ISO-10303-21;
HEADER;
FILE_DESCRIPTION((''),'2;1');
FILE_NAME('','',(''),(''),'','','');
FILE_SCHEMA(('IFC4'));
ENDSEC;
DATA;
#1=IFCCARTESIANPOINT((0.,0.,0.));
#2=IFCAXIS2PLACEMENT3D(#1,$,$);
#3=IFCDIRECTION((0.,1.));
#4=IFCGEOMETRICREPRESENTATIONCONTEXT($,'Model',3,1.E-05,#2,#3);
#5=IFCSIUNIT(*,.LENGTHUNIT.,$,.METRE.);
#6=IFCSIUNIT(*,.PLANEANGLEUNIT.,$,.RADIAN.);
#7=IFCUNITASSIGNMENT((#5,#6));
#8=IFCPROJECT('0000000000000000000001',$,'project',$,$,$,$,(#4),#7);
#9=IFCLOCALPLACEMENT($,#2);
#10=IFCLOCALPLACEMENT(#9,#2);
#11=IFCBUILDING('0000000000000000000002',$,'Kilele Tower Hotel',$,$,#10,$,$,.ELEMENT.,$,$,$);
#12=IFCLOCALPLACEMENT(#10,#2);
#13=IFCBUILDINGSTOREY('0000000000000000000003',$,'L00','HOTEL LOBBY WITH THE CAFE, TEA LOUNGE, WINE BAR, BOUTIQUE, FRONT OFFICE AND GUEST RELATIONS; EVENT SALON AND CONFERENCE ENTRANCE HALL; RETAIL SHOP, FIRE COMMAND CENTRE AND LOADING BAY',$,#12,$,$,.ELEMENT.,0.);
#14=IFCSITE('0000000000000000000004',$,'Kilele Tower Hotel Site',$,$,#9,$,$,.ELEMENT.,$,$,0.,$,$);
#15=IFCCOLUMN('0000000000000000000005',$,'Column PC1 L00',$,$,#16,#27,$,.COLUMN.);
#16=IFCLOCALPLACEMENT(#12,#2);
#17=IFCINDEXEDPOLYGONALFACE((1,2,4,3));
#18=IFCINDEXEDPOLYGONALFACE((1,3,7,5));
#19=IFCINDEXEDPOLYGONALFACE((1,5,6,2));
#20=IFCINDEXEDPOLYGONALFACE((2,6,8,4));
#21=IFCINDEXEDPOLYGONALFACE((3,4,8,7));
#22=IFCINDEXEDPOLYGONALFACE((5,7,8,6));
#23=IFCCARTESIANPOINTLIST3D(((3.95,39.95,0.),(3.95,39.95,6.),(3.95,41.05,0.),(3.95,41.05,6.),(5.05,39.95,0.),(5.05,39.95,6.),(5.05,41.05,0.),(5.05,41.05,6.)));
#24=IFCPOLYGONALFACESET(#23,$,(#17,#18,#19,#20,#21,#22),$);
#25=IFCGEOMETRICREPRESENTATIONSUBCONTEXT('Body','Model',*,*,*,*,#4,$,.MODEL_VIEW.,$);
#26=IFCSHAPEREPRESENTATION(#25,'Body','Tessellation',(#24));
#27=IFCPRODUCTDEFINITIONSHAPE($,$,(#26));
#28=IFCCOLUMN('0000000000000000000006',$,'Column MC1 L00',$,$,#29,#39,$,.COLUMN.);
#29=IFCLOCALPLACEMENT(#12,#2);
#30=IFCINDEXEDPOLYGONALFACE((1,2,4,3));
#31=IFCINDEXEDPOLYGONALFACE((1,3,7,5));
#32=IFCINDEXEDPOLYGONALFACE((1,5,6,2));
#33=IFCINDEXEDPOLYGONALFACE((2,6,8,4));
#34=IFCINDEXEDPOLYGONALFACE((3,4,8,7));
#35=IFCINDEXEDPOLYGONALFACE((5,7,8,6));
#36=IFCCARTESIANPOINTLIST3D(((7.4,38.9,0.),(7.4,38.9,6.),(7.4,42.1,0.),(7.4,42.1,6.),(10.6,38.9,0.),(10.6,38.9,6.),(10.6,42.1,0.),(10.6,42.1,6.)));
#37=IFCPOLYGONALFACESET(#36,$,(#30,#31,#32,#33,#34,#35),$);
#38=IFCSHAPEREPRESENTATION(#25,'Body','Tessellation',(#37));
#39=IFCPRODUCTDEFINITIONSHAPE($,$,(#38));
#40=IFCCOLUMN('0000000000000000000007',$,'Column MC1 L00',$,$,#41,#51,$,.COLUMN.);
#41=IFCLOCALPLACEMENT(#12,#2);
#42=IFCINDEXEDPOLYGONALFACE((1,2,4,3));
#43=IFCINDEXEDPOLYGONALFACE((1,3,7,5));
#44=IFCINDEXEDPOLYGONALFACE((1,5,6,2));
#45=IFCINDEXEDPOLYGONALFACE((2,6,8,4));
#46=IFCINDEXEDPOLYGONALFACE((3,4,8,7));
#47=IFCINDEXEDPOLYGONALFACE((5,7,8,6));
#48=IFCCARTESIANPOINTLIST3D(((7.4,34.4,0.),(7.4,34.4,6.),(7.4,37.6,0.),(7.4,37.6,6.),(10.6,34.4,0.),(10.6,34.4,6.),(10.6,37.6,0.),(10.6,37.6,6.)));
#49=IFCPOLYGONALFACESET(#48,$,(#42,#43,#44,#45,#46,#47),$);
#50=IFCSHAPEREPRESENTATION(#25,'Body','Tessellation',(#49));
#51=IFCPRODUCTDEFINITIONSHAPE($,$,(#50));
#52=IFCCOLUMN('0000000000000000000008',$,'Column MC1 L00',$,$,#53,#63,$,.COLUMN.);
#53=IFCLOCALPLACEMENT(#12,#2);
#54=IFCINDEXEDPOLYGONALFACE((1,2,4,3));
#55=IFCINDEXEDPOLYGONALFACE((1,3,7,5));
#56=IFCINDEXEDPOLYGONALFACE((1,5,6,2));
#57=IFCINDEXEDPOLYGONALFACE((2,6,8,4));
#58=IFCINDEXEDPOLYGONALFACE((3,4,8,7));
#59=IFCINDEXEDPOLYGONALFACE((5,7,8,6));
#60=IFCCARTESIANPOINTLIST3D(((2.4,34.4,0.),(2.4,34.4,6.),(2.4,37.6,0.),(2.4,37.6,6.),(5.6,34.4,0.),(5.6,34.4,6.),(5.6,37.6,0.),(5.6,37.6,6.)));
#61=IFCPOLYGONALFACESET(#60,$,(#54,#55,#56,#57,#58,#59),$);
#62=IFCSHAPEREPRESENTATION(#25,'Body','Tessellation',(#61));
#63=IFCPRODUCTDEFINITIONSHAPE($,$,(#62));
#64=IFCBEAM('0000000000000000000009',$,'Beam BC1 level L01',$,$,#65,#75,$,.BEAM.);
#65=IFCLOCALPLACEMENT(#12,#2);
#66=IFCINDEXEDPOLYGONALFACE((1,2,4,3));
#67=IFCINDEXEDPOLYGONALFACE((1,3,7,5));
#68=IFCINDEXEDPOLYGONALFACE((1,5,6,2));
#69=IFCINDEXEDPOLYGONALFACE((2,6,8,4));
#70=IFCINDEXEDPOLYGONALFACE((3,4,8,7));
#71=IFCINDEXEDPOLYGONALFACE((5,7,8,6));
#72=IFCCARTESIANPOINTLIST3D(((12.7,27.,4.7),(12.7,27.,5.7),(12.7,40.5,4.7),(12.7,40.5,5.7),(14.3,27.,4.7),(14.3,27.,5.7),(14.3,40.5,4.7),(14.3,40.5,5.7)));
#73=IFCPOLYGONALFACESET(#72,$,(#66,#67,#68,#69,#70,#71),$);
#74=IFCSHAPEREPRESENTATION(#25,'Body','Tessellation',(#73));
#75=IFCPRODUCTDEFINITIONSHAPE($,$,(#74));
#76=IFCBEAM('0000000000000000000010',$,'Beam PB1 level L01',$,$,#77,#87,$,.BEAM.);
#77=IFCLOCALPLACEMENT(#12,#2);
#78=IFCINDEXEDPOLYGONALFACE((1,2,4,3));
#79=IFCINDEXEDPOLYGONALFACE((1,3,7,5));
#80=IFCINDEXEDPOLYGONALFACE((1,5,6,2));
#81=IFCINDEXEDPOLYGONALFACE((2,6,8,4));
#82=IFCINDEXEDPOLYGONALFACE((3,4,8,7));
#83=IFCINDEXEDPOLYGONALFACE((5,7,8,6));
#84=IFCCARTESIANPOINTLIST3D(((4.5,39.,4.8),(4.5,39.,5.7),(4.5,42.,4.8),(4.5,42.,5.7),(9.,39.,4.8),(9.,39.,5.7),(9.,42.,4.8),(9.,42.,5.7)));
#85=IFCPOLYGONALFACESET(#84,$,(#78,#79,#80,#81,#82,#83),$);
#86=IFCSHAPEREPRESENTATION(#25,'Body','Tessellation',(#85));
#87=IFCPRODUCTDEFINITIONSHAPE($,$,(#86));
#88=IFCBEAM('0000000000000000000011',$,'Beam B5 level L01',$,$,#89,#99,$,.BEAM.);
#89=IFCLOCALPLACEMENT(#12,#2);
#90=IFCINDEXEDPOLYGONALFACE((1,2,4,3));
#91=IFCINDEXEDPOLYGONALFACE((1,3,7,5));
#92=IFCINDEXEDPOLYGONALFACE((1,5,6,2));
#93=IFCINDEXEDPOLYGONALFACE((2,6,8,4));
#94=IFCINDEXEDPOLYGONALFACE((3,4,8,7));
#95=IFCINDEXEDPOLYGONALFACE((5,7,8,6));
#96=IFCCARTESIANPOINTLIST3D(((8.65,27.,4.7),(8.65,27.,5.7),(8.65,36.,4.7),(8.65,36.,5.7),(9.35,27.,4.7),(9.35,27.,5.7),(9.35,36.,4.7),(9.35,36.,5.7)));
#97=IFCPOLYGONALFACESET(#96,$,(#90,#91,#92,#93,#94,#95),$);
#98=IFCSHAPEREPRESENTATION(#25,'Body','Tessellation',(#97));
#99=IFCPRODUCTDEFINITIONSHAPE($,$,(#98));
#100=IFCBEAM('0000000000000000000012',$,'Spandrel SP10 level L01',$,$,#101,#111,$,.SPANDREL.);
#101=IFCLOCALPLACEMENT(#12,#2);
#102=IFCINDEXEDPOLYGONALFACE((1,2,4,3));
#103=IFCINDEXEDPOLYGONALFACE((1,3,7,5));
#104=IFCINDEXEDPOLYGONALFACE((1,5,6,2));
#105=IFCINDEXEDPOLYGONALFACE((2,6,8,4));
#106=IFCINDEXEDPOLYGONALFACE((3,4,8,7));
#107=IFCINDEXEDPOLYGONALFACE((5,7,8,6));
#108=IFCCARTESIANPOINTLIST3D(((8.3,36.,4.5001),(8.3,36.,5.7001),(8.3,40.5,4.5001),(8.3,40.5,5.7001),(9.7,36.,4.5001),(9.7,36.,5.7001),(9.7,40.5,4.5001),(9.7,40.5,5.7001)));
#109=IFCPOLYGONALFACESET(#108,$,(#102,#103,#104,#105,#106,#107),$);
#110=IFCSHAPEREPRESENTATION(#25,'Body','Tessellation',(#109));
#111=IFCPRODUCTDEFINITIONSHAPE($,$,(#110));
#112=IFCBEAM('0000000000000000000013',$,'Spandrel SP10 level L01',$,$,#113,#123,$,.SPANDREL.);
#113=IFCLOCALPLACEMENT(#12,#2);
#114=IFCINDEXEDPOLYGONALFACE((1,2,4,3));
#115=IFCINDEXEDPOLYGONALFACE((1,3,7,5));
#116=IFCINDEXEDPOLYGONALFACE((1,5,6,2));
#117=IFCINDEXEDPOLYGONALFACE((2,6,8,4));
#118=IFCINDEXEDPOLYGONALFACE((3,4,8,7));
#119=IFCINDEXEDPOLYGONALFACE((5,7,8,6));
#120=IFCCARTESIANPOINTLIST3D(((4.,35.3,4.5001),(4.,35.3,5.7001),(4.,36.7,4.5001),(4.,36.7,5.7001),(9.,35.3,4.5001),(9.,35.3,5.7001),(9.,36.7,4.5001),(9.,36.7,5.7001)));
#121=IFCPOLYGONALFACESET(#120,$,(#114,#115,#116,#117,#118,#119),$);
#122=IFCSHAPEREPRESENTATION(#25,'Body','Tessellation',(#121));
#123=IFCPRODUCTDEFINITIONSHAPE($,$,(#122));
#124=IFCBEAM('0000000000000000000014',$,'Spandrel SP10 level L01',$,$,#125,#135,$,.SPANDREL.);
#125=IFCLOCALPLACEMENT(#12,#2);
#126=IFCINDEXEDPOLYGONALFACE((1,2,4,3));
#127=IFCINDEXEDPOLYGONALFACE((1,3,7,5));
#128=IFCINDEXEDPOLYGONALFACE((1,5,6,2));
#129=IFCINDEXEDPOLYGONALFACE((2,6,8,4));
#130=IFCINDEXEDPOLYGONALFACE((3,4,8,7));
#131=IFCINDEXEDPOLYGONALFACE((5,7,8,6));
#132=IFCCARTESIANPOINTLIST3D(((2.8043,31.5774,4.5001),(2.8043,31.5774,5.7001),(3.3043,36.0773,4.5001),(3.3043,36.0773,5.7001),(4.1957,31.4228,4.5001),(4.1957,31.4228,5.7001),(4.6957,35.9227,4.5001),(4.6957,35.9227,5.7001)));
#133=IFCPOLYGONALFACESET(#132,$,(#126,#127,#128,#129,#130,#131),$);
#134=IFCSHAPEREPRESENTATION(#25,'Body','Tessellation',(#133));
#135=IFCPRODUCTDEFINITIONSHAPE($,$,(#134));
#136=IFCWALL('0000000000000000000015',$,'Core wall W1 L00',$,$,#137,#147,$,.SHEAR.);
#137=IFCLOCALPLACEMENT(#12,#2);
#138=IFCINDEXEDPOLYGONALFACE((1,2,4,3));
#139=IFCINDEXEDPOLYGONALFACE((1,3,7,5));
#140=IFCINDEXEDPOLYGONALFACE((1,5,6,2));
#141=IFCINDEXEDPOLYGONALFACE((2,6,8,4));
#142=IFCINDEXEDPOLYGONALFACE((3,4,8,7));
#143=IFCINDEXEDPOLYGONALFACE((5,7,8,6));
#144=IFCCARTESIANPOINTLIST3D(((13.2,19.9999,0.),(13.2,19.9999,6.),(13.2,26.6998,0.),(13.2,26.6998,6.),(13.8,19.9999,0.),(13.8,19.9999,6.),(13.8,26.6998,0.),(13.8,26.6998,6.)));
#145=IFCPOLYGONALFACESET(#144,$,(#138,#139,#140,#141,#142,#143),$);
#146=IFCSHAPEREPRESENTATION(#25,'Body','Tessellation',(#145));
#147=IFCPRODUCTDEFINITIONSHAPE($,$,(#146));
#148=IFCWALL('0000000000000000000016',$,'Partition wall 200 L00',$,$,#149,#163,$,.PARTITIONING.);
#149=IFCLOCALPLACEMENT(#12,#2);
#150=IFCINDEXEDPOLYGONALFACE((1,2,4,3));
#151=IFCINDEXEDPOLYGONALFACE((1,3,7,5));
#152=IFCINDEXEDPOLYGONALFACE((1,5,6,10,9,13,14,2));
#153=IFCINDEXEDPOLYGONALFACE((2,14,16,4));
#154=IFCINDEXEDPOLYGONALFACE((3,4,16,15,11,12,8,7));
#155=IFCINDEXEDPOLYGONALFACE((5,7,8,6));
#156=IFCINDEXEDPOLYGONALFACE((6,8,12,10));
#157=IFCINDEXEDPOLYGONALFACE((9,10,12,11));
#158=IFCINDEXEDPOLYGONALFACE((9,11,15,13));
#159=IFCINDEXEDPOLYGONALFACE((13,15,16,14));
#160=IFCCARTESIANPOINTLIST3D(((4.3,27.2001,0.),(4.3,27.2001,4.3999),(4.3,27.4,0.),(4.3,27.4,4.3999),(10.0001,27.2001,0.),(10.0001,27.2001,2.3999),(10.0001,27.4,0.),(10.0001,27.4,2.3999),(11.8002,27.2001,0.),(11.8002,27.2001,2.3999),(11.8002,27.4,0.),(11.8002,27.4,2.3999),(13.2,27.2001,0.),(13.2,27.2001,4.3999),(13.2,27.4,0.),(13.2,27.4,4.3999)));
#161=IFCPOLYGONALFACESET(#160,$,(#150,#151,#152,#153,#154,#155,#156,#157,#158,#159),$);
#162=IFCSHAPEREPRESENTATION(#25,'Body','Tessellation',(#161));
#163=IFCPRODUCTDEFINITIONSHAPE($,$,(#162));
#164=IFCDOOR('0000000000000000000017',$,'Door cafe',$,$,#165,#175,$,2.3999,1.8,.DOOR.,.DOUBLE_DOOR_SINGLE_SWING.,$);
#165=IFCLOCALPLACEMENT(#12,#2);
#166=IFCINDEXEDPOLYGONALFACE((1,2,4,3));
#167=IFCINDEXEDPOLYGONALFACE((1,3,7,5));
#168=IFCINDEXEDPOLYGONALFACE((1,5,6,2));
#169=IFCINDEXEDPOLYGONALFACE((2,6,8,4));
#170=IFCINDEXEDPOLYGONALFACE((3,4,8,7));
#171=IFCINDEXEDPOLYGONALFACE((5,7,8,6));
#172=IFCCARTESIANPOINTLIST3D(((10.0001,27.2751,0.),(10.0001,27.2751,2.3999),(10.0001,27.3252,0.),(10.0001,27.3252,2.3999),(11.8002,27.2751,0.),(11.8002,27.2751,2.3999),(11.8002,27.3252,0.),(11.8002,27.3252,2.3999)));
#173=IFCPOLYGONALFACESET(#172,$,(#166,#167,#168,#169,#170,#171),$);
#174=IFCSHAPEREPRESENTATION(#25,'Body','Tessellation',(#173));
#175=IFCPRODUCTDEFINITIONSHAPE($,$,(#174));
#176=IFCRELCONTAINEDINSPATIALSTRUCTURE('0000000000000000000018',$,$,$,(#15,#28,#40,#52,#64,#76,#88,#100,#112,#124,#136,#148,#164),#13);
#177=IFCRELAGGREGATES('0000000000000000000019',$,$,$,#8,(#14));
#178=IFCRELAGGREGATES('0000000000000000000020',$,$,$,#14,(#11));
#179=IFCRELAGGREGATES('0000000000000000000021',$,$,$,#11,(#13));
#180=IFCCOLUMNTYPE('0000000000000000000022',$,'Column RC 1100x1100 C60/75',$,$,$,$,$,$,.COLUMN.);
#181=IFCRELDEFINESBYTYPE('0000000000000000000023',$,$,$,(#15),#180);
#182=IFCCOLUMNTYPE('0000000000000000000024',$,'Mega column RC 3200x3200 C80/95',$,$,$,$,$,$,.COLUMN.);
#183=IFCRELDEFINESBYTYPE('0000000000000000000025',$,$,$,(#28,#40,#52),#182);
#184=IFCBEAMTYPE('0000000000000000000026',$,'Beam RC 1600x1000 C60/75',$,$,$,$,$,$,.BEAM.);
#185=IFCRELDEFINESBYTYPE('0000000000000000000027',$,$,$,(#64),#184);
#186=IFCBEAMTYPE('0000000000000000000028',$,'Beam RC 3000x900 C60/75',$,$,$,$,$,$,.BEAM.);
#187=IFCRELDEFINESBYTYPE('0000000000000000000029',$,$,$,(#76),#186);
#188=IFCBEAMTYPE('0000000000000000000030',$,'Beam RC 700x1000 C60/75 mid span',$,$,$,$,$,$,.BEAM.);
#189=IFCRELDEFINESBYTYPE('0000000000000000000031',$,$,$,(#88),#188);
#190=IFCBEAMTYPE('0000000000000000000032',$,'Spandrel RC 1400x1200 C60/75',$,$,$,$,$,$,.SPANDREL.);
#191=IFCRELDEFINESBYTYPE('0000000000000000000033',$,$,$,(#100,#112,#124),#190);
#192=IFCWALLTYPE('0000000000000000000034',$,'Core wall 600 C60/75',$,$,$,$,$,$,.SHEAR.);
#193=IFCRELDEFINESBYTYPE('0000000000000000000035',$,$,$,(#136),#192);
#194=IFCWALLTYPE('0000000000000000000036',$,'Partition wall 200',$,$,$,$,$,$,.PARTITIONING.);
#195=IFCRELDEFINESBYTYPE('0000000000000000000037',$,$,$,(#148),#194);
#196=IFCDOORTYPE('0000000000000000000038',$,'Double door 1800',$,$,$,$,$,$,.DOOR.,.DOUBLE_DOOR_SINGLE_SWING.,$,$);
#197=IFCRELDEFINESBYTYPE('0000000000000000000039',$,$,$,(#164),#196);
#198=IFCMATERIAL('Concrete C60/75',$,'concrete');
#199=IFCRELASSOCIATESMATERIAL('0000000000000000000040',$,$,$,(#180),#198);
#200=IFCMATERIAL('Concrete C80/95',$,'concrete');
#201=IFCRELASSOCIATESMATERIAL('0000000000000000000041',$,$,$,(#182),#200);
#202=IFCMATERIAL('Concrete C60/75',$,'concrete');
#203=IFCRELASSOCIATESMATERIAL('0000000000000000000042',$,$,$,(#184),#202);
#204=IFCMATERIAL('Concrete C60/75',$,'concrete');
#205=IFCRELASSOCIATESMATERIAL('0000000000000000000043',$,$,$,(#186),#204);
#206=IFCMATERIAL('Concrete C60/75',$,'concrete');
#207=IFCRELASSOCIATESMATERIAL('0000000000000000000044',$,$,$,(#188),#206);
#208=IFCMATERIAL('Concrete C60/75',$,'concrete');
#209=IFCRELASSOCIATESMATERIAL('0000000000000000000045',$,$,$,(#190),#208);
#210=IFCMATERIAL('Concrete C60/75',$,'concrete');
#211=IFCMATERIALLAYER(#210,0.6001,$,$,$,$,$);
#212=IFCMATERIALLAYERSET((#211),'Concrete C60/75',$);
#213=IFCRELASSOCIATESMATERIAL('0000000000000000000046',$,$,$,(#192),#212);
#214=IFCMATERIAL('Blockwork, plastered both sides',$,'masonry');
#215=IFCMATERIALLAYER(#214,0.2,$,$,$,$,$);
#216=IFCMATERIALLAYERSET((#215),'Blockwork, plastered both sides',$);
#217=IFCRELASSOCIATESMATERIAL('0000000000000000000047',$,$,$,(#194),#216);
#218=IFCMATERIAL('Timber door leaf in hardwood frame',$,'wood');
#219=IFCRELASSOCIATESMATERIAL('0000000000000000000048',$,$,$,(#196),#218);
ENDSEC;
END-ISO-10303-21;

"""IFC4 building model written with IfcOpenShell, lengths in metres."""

from ifc_helpers import new_model, si_unit, direction, frame, frame_2d, origin, origin_2d, place, context, subcontext, project, spatial, rectangle, extrude, material, layer, layer_set, material_profile, profile_set, type_object, element, fill, save


model = new_model("IFC4")

# Units and contexts
model_context = context("Model", 3, precision=1e-05, world=origin(), true_north=direction((0.0, 1.0)))
body_context = subcontext(model_context, "Body", "Model", "MODEL_VIEW")
ifc_project = project(units=[si_unit("LENGTHUNIT", "METRE"), si_unit("PLANEANGLEUNIT", "RADIAN")], contexts=[model_context])

# Site, building, storey
site_placement = place(None, origin())
site = spatial("IfcSite", under=ifc_project, at=site_placement, Name="Kilele Tower Hotel Site", CompositionType="ELEMENT", RefElevation=0.0)
building_placement = place(site_placement, origin())
building = spatial("IfcBuilding", under=site, at=building_placement, Name="Kilele Tower Hotel", CompositionType="ELEMENT")
storey_placement = place(building_placement, origin())
storey = spatial("IfcBuildingStorey", under=building, at=storey_placement, Name="L00", Description="HOTEL LOBBY WITH THE CAFE, TEA LOUNGE, WINE BAR, BOUTIQUE, FRONT OFFICE AND GUEST RELATIONS; EVENT SALON AND CONFERENCE ENTRANCE HALL; RETAIL SHOP, FIRE COMMAND CENTRE AND LOADING BAY", CompositionType="ELEMENT", Elevation=0.0)

# Columns
ifc_material_1 = material(Name="Concrete C60/75", Category="concrete")
ifc_material_profile_1 = material_profile(ifc_material_1, rectangle(XDim=1.1001, YDim=1.1001, at=origin_2d()))
ifc_profile_set_1 = profile_set([ifc_material_profile_1], Name="Concrete C60/75")
column_type_1 = type_object("IfcColumnType", Name="Column RC 1100x1100 C60/75", PredefinedType="COLUMN", material=ifc_profile_set_1)
column_placement = place(storey_placement, frame((4.5, 40.5, 0.0), z_axis=(0.0, 0.0, 1.0), x_axis=(1.0, 0.0, 0.0)))
element("IfcColumn", 1, at=column_placement, inside=storey, type_object=column_type_1, Name="Column PC1 L00", PredefinedType="COLUMN", context=body_context, shape_type="SweptSolid", body=[
    extrude(rectangle(XDim=1.1001, YDim=1.1001, at=origin_2d()), origin(), (0.0, 0.0, 1.0), 6.0),
])
ifc_material_2 = material(Name="Concrete C80/95", Category="concrete")
ifc_material_profile_2 = material_profile(ifc_material_2, rectangle(XDim=3.2, YDim=3.2, at=origin_2d()))
ifc_profile_set_2 = profile_set([ifc_material_profile_2], Name="Concrete C80/95")
column_type_2 = type_object("IfcColumnType", Name="Mega column RC 3200x3200 C80/95", PredefinedType="COLUMN", material=ifc_profile_set_2)
for number, where, z_axis, x_axis, name in (
    (2, (9.0, 40.5, 0.0), (0.0, 0.0, 1.0), (1.0, 0.0, 0.0), "Column MC1 L00"),
    (3, (9.0, 36.0, 0.0), (0.0, 0.0, 1.0), (1.0, 0.0, 0.0), "Column MC1 L00"),
    (4, (4.0, 36.0, 0.0), (0.0, 0.0, 1.0), (1.0, 0.0, 0.0), "Column MC1 L00"),
):
    element("IfcColumn", number, at=place(storey_placement, frame(where, z_axis=z_axis, x_axis=x_axis)), inside=storey, type_object=column_type_2, Name=name, PredefinedType="COLUMN", context=body_context, shape_type="SweptSolid", body=[
        extrude(rectangle(XDim=3.2, YDim=3.2, at=origin_2d()), origin(), (0.0, 0.0, 1.0), 6.0),
    ])

# Beams
ifc_material_3 = material(Name="Concrete C60/75", Category="concrete")
ifc_material_profile_3 = material_profile(ifc_material_3, rectangle(XDim=1.6001, YDim=1.0, at=origin_2d()))
ifc_profile_set_3 = profile_set([ifc_material_profile_3], Name="Concrete C60/75")
beam_type_1 = type_object("IfcBeamType", Name="Beam RC 1600x1000 C60/75", PredefinedType="BEAM", material=ifc_profile_set_3)
beam_1_placement = place(storey_placement, frame((13.5, 40.5, 5.2), z_axis=(0.0, -1.0, 0.0), x_axis=(1.0, 0.0, 0.0)))
element("IfcBeam", 5, at=beam_1_placement, inside=storey, type_object=beam_type_1, Name="Beam BC1 level L01", PredefinedType="BEAM", context=body_context, shape_type="SweptSolid", body=[
    extrude(rectangle(XDim=1.6001, YDim=1.0, at=origin_2d()), origin(), (0.0, 0.0, 1.0), 13.5),
])
ifc_material_4 = material(Name="Concrete C60/75", Category="concrete")
ifc_material_profile_4 = material_profile(ifc_material_4, rectangle(XDim=3.0, YDim=0.8999, at=origin_2d()))
ifc_profile_set_4 = profile_set([ifc_material_profile_4], Name="Concrete C60/75")
beam_type_2 = type_object("IfcBeamType", Name="Beam RC 3000x900 C60/75", PredefinedType="BEAM", material=ifc_profile_set_4)
beam_2_placement = place(storey_placement, frame((4.5, 40.5, 5.25), z_axis=(1.0, 0.0, 0.0), x_axis=(0.0, 1.0, 0.0)))
element("IfcBeam", 6, at=beam_2_placement, inside=storey, type_object=beam_type_2, Name="Beam PB1 level L01", PredefinedType="BEAM", context=body_context, shape_type="SweptSolid", body=[
    extrude(rectangle(XDim=3.0, YDim=0.8999, at=origin_2d()), origin(), (0.0, 0.0, 1.0), 4.5),
])
ifc_material_5 = material(Name="Concrete C60/75", Category="concrete")
ifc_material_profile_5 = material_profile(ifc_material_5, rectangle(XDim=0.7, YDim=1.0, at=origin_2d()))
ifc_profile_set_5 = profile_set([ifc_material_profile_5], Name="Concrete C60/75")
beam_type_3 = type_object("IfcBeamType", Name="Beam RC 700x1000 C60/75 mid span", PredefinedType="BEAM", material=ifc_profile_set_5)
beam_3_placement = place(storey_placement, frame((9.0, 36.0, 5.2), z_axis=(0.0, -1.0, 0.0), x_axis=(1.0, 0.0, 0.0)))
element("IfcBeam", 7, at=beam_3_placement, inside=storey, type_object=beam_type_3, Name="Beam B5 level L01", PredefinedType="BEAM", context=body_context, shape_type="SweptSolid", body=[
    extrude(rectangle(XDim=0.7, YDim=1.0, at=origin_2d()), origin(), (0.0, 0.0, 1.0), 9.0),
])
ifc_material_6 = material(Name="Concrete C60/75", Category="concrete")
ifc_material_profile_6 = material_profile(ifc_material_6, rectangle(XDim=1.3999, YDim=1.2, at=origin_2d()))
ifc_profile_set_6 = profile_set([ifc_material_profile_6], Name="Concrete C60/75")
beam_type_4 = type_object("IfcBeamType", Name="Spandrel RC 1400x1200 C60/75", PredefinedType="SPANDREL", material=ifc_profile_set_6)
beam_4_placement = place(storey_placement, frame((9.0, 40.5, 5.1001), z_axis=(0.0, -1.0, 0.0), x_axis=(1.0, 0.0, 0.0)))
element("IfcBeam", 8, at=beam_4_placement, inside=storey, type_object=beam_type_4, Name="Spandrel SP10 level L01", PredefinedType="SPANDREL", context=body_context, shape_type="SweptSolid", body=[
    extrude(rectangle(XDim=1.3999, YDim=1.2, at=origin_2d()), origin(), (0.0, 0.0, 1.0), 4.5),
])
beam_5_placement = place(storey_placement, frame((9.0, 36.0, 5.1001), z_axis=(-1.0, 0.0, 0.0), x_axis=(0.0, -1.0, 0.0)))
element("IfcBeam", 9, at=beam_5_placement, inside=storey, type_object=beam_type_4, Name="Spandrel SP10 level L01", PredefinedType="SPANDREL", context=body_context, shape_type="SweptSolid", body=[
    extrude(rectangle(XDim=1.3999, YDim=1.2, at=origin_2d()), origin(), (0.0, 0.0, 1.0), 5.0),
])
beam_6_placement = place(storey_placement, frame((4.0, 36.0, 5.1001), z_axis=(-0.110432, -0.993884, 0.0), x_axis=(0.993884, -0.110432, 0.0)))
element("IfcBeam", 10, at=beam_6_placement, inside=storey, type_object=beam_type_4, Name="Spandrel SP10 level L01", PredefinedType="SPANDREL", context=body_context, shape_type="SweptSolid", body=[
    extrude(rectangle(XDim=1.3999, YDim=1.2, at=origin_2d()), origin(), (0.0, 0.0, 1.0), 4.5276),
])

# Wall
ifc_material_7 = material(Name="Concrete C60/75", Category="concrete")
ifc_layer_1 = layer(ifc_material_7, 0.6001)
ifc_layer_set_1 = layer_set([ifc_layer_1], Name="Concrete C60/75")
wall_type_1 = type_object("IfcWallType", Name="Core wall 600 C60/75", PredefinedType="SHEAR", material=ifc_layer_set_1)
wall_1_placement = place(storey_placement, frame((13.5, 26.7, 0.0), z_axis=(0.0, 0.0, 1.0), x_axis=(0.0, -1.0, 0.0)))
element("IfcWall", 11, at=wall_1_placement, inside=storey, type_object=wall_type_1, Name="Core wall W1 L00", PredefinedType="SHEAR", context=body_context, shape_type="SweptSolid", body=[
    extrude(rectangle(XDim=6.7, YDim=0.6001, at=frame_2d((3.3501, 0.0))), origin(), (0.0, 0.0, 1.0), 6.0),
])

# Wall, opening, door
ifc_material_8 = material(Name="Blockwork, plastered both sides", Category="masonry")
ifc_layer_2 = layer(ifc_material_8, 0.2)
ifc_layer_set_2 = layer_set([ifc_layer_2], Name="Blockwork, plastered both sides")
wall_type_2 = type_object("IfcWallType", Name="Partition wall 200", PredefinedType="PARTITIONING", material=ifc_layer_set_2)
wall_2_placement = place(storey_placement, frame((4.3, 27.3, 0.0), z_axis=(0.0, 0.0, 1.0), x_axis=(1.0, 0.0, 0.0)))
wall_2 = element("IfcWall", 12, at=wall_2_placement, inside=storey, type_object=wall_type_2, Name="Partition wall 200 L00", PredefinedType="PARTITIONING", context=body_context, shape_type="SweptSolid", body=[
    extrude(rectangle(XDim=8.8999, YDim=0.2, at=frame_2d((4.45, 0.0))), origin(), (0.0, 0.0, 1.0), 4.3999),
])
opening_1_placement = place(wall_2_placement, frame((7.5, 0.0, 0.0), z_axis=(0.0, 0.0, 1.0), x_axis=(-1.0, 0.0, 0.0)))
opening_1 = element("IfcOpeningElement", 13, at=opening_1_placement, cuts=wall_2, PredefinedType="OPENING", context=body_context, shape_type="SweptSolid", body=[
    extrude(rectangle(XDim=1.8, YDim=2.3999, at=frame_2d((0.8999, 1.2))), frame((0.0, 0.1099, 0.0), z_axis=(0.0, -1.0, 0.0), x_axis=(1.0, 0.0, 0.0)), (0.0, 0.0, 1.0), 0.22),
])
ifc_material_9 = material(Name="Timber door leaf in hardwood frame", Category="wood")
door_type = type_object("IfcDoorType", Name="Double door 1800", OperationType="DOUBLE_DOOR_SINGLE_SWING", PredefinedType="DOOR", material=ifc_material_9)
door_placement = place(opening_1_placement, origin())
door = element("IfcDoor", 14, at=door_placement, inside=storey, type_object=door_type, Name="Door cafe", OperationType="DOUBLE_DOOR_SINGLE_SWING", OverallHeight=2.3999, OverallWidth=1.8, PredefinedType="DOOR", context=body_context, shape_type="SweptSolid", body=[
    extrude(rectangle(XDim=1.8, YDim=2.3999, at=frame_2d((0.8999, 1.2))), frame((0.0, 0.0249, 0.0), z_axis=(0.0, -1.0, 0.0), x_axis=(1.0, 0.0, 0.0)), (0.0, 0.0, 1.0), 0.05),
])
fill(opening_1, door)

save(model, "model.ifc")
